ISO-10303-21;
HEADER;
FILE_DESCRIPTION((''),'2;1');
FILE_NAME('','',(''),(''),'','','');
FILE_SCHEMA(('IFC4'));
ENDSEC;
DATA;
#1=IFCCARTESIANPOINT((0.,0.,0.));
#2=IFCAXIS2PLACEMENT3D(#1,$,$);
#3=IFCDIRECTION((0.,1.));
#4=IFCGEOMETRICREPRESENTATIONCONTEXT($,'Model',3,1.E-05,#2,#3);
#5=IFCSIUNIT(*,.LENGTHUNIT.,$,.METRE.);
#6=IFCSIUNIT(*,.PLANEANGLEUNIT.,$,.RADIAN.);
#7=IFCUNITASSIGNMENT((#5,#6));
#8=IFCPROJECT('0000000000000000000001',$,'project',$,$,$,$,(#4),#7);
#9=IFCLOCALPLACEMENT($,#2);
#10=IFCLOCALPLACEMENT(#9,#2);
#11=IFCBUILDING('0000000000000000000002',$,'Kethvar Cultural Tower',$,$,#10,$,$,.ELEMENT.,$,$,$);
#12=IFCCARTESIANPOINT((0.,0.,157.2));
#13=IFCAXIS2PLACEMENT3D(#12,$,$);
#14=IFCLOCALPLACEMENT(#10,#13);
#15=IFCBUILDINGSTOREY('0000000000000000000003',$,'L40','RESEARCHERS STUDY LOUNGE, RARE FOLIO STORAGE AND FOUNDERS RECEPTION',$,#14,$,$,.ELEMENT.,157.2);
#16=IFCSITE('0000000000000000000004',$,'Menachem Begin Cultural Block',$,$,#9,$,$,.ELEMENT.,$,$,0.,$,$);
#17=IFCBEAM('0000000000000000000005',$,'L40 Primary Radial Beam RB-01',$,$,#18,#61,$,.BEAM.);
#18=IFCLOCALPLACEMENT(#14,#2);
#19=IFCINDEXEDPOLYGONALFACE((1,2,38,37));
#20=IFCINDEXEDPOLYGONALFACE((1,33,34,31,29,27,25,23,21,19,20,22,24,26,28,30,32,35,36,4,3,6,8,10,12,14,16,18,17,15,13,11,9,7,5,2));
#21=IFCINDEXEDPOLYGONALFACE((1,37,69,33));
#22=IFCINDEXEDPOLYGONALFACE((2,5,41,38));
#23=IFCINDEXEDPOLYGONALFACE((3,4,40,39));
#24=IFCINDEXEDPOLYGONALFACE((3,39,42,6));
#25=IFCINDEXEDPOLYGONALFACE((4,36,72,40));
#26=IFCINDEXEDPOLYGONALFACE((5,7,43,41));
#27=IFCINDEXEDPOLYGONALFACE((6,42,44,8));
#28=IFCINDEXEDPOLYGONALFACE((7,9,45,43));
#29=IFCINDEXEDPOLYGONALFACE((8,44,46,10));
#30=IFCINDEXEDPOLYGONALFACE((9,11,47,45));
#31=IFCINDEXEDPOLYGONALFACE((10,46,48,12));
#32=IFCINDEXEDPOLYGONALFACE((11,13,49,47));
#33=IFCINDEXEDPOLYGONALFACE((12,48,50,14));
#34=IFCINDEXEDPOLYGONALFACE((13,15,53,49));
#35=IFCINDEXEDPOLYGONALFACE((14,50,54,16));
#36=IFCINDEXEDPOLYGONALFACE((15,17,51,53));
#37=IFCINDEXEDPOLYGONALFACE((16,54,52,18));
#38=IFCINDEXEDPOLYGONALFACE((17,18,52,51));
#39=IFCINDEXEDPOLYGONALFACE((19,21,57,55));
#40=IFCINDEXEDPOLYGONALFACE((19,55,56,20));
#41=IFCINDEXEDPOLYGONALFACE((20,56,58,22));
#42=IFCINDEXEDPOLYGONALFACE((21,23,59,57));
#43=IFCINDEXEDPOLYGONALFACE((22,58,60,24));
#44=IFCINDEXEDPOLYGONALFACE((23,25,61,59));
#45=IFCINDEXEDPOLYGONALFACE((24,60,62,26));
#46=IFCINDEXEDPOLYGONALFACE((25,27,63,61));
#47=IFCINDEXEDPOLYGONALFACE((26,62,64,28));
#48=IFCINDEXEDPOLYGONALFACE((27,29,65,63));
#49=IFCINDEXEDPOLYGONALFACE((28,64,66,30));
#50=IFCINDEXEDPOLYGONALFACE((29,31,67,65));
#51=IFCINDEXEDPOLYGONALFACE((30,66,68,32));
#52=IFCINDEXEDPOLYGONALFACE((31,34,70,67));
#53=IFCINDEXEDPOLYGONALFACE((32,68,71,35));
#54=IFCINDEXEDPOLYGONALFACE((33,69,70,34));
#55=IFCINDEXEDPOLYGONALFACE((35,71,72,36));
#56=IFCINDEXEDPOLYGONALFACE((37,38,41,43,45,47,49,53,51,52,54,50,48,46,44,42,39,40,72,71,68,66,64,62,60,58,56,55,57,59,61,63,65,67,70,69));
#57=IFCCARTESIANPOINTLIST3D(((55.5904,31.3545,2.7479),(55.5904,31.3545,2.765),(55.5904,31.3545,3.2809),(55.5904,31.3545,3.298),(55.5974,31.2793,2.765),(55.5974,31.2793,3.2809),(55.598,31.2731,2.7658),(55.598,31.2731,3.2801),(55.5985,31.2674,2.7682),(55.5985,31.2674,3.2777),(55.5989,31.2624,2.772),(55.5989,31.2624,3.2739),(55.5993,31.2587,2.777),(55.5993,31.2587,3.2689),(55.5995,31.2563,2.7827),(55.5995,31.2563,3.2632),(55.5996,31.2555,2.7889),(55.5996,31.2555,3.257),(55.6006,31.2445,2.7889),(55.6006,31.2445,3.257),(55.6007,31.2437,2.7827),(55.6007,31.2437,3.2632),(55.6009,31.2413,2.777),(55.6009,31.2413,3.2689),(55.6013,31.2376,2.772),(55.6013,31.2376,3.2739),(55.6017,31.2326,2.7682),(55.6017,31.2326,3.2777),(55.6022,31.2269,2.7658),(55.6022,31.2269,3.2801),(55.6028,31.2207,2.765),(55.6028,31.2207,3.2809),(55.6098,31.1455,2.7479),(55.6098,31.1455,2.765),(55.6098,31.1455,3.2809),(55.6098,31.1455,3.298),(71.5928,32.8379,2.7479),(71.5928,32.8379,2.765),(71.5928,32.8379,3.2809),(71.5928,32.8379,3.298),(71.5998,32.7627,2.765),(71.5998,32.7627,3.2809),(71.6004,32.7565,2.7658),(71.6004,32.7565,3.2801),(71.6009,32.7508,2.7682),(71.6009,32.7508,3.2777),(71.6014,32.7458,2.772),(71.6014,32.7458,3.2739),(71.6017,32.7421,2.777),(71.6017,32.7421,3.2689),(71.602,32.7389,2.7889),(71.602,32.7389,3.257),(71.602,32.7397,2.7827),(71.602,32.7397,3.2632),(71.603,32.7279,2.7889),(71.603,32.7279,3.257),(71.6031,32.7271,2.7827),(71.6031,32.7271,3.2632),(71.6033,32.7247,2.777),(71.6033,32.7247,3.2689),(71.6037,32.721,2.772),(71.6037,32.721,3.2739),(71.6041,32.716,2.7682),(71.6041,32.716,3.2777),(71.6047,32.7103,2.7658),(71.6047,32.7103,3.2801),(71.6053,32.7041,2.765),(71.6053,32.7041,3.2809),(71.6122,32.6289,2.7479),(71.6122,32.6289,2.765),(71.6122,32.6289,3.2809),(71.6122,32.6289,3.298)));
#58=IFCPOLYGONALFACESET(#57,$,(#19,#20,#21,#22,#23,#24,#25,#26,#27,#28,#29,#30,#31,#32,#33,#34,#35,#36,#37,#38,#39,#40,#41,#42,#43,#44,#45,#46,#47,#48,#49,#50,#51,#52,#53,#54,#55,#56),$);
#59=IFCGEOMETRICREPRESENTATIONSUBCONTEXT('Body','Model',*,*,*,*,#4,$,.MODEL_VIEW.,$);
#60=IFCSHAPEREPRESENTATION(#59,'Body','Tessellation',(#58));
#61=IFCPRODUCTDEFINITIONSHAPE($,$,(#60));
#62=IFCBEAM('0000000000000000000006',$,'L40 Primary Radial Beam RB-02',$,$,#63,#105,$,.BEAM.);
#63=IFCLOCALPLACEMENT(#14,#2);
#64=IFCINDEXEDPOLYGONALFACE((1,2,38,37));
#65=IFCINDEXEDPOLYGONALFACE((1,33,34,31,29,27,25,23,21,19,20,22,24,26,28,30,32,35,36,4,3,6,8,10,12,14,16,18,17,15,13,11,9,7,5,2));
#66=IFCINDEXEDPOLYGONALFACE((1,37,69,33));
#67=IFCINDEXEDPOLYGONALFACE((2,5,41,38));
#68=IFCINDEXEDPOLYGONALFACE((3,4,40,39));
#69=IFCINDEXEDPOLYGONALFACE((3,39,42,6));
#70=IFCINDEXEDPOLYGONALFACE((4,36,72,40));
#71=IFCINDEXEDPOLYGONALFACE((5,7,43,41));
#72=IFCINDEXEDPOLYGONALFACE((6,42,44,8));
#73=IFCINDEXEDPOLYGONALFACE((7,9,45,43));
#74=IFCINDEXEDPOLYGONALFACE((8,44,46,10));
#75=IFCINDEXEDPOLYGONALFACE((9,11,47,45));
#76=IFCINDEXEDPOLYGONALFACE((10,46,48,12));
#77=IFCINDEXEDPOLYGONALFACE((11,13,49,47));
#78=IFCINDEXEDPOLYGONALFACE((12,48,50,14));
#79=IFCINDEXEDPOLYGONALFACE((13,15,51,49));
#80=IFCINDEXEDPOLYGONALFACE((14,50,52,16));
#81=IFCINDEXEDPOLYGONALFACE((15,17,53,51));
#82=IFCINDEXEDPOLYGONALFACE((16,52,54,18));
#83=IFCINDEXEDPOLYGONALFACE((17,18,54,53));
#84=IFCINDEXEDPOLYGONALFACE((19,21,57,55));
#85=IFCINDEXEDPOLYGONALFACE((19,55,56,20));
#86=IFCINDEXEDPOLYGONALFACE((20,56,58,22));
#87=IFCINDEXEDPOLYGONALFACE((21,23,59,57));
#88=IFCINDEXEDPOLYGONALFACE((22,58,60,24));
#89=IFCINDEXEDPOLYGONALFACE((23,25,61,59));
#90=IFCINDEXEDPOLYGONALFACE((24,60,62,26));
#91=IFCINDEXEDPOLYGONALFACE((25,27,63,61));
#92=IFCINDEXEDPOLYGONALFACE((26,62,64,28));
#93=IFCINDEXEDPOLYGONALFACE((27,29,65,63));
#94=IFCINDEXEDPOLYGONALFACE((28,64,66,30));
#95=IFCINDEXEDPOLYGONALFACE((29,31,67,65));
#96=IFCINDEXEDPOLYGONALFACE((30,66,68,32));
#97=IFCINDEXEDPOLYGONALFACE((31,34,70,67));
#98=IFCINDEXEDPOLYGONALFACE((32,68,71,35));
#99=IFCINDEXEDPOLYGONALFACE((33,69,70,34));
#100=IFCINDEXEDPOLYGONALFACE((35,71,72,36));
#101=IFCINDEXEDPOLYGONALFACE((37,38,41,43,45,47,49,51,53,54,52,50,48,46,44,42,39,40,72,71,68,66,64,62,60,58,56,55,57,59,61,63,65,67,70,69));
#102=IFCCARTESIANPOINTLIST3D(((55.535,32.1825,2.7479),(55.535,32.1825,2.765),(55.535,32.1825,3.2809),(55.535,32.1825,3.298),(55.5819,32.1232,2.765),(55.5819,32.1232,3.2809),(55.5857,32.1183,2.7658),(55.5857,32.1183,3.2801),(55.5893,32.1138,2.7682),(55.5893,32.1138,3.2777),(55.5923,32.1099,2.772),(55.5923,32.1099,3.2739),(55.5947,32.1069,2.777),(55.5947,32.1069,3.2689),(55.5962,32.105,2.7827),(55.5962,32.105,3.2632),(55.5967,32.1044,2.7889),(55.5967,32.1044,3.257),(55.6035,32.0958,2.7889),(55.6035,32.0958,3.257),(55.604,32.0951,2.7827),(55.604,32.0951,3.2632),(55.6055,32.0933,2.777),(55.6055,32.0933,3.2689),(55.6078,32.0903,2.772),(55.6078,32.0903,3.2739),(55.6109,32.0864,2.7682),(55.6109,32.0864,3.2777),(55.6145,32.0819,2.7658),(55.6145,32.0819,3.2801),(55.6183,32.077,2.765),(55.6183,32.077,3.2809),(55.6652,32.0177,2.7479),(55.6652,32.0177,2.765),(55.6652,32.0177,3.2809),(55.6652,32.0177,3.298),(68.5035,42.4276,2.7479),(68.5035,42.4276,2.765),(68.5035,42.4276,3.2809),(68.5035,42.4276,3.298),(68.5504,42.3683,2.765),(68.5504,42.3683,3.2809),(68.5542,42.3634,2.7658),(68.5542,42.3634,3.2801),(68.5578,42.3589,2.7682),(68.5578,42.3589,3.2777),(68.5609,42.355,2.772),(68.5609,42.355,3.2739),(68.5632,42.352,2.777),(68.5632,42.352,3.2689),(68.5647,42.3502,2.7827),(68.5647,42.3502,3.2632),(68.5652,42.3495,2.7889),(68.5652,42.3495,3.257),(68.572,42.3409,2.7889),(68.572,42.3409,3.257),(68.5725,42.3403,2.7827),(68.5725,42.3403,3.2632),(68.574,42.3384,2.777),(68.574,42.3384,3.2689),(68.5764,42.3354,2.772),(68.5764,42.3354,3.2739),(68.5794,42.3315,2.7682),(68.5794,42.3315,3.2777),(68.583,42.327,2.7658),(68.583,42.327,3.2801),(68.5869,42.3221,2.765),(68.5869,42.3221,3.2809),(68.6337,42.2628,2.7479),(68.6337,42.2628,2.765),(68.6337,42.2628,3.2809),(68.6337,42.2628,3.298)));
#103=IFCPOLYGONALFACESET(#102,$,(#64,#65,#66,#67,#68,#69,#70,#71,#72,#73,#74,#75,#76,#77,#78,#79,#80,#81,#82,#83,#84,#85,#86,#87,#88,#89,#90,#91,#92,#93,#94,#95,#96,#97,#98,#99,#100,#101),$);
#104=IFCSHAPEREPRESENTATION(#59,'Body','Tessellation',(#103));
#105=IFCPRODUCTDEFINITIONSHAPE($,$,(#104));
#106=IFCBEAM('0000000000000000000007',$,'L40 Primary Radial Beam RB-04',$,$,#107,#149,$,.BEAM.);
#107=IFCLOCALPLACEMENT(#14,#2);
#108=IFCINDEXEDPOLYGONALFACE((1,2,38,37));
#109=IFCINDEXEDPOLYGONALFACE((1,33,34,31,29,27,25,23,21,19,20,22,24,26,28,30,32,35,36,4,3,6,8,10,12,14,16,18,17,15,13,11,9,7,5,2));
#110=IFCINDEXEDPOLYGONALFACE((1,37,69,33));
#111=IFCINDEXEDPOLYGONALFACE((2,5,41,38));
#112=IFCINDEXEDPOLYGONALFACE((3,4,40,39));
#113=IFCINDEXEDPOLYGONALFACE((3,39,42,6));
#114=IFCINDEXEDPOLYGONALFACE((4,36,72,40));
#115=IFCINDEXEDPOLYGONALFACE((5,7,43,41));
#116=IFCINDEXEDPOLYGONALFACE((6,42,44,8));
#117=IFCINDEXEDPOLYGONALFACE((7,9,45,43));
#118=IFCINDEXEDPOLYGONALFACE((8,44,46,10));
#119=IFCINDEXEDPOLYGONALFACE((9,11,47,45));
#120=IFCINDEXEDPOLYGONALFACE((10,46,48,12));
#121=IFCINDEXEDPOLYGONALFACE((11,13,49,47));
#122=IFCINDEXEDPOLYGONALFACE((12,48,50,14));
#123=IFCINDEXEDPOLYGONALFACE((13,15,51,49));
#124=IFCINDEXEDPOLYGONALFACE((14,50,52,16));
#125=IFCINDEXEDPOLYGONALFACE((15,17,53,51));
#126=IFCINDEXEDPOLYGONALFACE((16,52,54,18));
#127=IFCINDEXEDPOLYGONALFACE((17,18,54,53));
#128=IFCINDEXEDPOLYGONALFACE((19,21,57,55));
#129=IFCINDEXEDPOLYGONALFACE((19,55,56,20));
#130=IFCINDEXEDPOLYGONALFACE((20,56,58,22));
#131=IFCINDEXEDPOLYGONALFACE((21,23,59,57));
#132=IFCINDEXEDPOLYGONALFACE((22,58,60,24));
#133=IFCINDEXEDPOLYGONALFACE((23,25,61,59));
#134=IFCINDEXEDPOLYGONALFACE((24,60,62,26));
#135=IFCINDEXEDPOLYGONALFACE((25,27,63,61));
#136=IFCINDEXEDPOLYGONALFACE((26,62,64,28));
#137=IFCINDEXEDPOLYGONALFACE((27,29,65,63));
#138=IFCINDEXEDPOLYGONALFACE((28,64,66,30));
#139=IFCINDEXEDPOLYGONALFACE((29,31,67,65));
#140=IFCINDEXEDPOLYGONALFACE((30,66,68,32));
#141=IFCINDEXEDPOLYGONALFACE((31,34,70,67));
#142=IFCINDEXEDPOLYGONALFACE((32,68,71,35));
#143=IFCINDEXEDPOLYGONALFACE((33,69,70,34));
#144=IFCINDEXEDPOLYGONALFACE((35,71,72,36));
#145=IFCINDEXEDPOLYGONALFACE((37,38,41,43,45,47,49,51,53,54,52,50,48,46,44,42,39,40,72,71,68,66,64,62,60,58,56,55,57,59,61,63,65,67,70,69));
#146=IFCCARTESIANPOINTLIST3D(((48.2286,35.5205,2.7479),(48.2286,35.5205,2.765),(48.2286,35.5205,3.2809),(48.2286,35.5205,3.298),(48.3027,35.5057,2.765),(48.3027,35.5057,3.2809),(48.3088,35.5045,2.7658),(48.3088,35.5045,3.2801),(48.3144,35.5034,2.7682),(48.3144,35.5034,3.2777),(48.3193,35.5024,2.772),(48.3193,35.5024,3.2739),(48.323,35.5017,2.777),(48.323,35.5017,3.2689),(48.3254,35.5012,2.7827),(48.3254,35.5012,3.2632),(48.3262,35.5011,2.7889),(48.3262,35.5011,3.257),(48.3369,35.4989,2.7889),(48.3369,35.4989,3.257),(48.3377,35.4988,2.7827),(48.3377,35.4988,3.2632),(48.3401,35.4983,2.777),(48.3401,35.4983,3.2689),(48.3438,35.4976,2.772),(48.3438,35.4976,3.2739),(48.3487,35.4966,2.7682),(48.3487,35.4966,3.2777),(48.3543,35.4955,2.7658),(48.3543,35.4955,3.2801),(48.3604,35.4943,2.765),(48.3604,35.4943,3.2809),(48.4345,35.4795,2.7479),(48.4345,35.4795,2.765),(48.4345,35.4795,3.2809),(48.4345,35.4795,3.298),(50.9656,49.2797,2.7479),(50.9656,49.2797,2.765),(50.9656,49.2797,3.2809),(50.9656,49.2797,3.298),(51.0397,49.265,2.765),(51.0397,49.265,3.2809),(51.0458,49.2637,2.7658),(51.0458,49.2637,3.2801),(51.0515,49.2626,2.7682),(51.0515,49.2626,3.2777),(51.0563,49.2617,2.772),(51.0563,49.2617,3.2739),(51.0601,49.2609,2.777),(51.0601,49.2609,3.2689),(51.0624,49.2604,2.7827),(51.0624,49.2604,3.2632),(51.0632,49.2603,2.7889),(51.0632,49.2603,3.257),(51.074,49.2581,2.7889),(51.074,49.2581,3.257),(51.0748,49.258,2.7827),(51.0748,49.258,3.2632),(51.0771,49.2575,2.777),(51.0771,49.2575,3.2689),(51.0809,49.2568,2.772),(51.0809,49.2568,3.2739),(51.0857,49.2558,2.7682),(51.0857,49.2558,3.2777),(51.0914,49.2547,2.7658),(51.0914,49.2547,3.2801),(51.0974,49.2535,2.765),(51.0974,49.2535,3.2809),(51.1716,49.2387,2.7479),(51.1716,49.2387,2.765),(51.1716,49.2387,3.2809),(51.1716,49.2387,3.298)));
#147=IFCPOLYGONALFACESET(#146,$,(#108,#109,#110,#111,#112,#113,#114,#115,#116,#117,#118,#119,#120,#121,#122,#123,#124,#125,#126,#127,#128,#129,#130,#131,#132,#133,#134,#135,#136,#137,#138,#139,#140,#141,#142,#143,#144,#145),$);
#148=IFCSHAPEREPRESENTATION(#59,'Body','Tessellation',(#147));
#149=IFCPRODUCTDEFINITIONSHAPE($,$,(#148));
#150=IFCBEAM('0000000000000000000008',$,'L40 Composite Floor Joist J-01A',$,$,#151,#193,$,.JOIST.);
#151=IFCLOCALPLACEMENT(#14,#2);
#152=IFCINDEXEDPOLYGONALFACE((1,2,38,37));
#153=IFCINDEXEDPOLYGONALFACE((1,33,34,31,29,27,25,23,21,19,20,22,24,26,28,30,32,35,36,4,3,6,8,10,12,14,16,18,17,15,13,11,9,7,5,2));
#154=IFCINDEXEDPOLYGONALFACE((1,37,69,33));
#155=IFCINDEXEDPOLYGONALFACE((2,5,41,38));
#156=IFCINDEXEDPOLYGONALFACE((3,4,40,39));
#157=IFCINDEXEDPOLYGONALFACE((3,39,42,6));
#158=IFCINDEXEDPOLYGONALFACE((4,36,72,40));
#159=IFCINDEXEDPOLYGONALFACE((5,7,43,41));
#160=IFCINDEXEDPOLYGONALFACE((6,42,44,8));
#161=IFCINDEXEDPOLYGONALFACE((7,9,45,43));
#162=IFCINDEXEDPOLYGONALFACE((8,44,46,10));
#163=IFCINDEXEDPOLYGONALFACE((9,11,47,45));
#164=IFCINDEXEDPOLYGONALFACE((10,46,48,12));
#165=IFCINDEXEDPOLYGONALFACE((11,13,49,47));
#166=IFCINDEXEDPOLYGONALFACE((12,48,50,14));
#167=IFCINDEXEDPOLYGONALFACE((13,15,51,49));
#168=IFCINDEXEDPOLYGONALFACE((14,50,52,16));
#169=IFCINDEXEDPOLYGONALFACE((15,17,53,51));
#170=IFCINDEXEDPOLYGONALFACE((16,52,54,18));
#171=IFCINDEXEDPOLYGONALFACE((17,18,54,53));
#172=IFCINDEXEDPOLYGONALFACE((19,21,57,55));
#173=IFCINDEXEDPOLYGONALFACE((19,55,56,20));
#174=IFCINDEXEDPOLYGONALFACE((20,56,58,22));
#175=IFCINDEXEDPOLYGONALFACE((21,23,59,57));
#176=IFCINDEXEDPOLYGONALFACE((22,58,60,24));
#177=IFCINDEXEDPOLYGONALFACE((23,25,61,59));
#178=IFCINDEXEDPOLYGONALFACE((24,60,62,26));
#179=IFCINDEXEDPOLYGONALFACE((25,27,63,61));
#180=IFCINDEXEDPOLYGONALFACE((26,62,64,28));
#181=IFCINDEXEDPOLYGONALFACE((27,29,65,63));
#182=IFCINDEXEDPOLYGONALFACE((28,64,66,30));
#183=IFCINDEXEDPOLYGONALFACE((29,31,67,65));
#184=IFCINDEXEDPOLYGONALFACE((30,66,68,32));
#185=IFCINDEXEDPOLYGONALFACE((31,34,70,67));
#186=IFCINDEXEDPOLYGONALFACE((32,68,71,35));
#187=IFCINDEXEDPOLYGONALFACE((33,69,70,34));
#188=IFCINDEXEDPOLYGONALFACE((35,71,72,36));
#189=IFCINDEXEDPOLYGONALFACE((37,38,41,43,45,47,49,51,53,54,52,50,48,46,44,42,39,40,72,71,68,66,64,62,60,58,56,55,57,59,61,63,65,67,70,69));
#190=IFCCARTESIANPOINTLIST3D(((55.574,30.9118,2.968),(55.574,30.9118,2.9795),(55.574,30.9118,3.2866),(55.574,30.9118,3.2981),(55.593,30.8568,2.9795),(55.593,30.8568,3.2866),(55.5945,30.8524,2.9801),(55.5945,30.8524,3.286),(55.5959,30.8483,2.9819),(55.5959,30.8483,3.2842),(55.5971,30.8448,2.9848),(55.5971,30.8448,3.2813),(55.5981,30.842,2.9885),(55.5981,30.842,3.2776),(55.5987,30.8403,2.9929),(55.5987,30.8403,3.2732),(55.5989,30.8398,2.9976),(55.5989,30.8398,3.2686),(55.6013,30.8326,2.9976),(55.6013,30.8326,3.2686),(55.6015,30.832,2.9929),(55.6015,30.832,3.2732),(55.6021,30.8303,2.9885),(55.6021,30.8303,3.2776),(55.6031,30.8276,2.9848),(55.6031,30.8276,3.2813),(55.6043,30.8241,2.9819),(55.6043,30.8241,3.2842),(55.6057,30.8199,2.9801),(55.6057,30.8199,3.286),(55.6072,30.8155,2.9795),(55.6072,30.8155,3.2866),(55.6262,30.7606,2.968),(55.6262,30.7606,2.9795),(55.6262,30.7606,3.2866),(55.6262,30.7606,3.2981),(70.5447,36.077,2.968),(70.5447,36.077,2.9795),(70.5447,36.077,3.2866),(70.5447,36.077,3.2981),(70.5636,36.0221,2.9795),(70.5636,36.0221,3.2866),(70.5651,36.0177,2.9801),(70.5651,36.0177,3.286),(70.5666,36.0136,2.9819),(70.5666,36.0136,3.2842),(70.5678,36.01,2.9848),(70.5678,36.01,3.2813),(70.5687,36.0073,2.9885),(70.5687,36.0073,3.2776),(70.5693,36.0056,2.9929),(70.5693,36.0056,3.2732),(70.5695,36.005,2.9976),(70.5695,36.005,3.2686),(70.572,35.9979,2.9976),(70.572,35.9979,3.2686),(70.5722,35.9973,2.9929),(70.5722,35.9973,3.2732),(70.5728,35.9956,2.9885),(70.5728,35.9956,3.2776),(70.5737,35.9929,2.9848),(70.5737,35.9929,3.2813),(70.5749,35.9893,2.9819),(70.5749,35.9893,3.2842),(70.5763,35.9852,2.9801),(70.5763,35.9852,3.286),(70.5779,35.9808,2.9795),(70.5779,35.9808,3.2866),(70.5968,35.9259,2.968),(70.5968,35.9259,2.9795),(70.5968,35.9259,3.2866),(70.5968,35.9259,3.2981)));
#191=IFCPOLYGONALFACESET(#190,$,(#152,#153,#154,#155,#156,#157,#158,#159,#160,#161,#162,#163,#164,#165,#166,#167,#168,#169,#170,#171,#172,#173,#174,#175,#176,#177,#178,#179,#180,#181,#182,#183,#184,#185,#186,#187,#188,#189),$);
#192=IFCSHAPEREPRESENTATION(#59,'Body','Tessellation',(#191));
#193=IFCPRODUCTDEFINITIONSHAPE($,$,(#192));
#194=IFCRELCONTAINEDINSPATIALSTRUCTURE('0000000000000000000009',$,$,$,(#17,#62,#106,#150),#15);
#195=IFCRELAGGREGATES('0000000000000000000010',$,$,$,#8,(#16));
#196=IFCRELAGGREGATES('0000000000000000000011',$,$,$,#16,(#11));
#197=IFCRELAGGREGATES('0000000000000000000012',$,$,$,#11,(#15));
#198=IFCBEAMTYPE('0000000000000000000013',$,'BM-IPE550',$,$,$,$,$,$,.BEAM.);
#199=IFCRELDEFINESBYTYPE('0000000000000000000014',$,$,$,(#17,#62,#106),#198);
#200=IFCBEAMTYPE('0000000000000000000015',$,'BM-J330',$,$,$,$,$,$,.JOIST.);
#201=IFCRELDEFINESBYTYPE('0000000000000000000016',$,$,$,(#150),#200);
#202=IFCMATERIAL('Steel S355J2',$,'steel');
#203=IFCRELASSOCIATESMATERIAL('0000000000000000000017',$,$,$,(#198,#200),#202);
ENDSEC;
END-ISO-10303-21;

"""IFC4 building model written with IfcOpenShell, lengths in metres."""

from ifc_helpers import new_model, si_unit, direction, frame, origin, origin_2d, place, context, subcontext, project, spatial, i_section, extrude, source, transform, mapped, material, material_profile, profile_set, type_object, element, save


model = new_model("IFC4")

# Units and contexts
model_context = context("Model", 3, precision=1e-05, world=origin(), true_north=direction((0.0, 1.0)))
body_context = subcontext(model_context, "Body", "Model", "MODEL_VIEW")
ifc_project = project(units=[si_unit("LENGTHUNIT", "METRE"), si_unit("PLANEANGLEUNIT", "RADIAN")], contexts=[model_context])

# Site, building, storey
site_placement = place(None, origin())
site = spatial("IfcSite", under=ifc_project, at=site_placement, Name="Menachem Begin Cultural Block", CompositionType="ELEMENT", RefElevation=0.0)
building_placement = place(site_placement, origin())
building = spatial("IfcBuilding", under=site, at=building_placement, Name="Kethvar Cultural Tower", CompositionType="ELEMENT")
storey_placement = place(building_placement, frame((0.0, 0.0, 157.2)))
storey = spatial("IfcBuildingStorey", under=building, at=storey_placement, Name="L40", Description="RESEARCHERS STUDY LOUNGE, RARE FOLIO STORAGE AND FOUNDERS RECEPTION", CompositionType="ELEMENT", Elevation=157.2)

# Beams
ifc_material_1 = material(Name="Steel S355J2", Category="steel")
ifc_material_profile_1 = material_profile(ifc_material_1, i_section(OverallWidth=0.21, OverallDepth=0.55, WebThickness=0.011, FlangeThickness=0.0171, FilletRadius=0.0239, at=origin_2d()), Name="Steel S355J2 — IPE550")
ifc_profile_set_1 = profile_set([ifc_material_profile_1], Name="Steel S355J2 — IPE550")
beam_type_1 = type_object("IfcBeamType", Name="BM-IPE550", PredefinedType="BEAM", material=ifc_profile_set_1)
shared_shape_1 = source(origin(), body_context, "Body", "SweptSolid", [
    extrude(i_section(OverallWidth=0.21, OverallDepth=0.55, WebThickness=0.011, FlangeThickness=0.0171, FilletRadius=0.0239, at=origin_2d()), origin(), (0.0, 0.0, 1.0), 16.071),
])
beam_1_placement = place(storey_placement, frame((55.6001, 31.25, 3.0229), z_axis=(0.995731, 0.092303, 0.0), x_axis=(-0.092303, 0.995731, 0.0)))
element("IfcBeam", 1, at=beam_1_placement, inside=storey, type_object=beam_type_1, Name="L40 Primary Radial Beam RB-01", PredefinedType="BEAM", context=body_context, shape_type="MappedRepresentation", body=[
    mapped(shared_shape_1, transform((0.0, 0.0, 0.0), scale=1.0)),
])
shared_shape_2 = source(origin(), body_context, "Body", "SweptSolid", [
    extrude(i_section(OverallWidth=0.21, OverallDepth=0.55, WebThickness=0.011, FlangeThickness=0.0171, FilletRadius=0.0239, at=origin_2d()), origin(), (0.0, 0.0, 1.0), 16.5271),
])
beam_2_placement = place(storey_placement, frame((55.6001, 32.1001, 3.0229), z_axis=(0.784682, 0.619899, 0.0), x_axis=(-0.619899, 0.784682, 0.0)))
element("IfcBeam", 2, at=beam_2_placement, inside=storey, type_object=beam_type_1, Name="L40 Primary Radial Beam RB-02", PredefinedType="BEAM", context=body_context, shape_type="MappedRepresentation", body=[
    mapped(shared_shape_2, transform((0.0, 0.0, 0.0), scale=1.0)),
])
shared_shape_3 = source(origin(), body_context, "Body", "SweptSolid", [
    extrude(i_section(OverallWidth=0.21, OverallDepth=0.55, WebThickness=0.011, FlangeThickness=0.0171, FilletRadius=0.0239, at=origin_2d()), origin(), (0.0, 0.0, 1.0), 14.0288),
])
beam_3_placement = place(storey_placement, frame((48.3315, 35.5, 3.0229), z_axis=(0.195102, 0.980783, 0.0), x_axis=(-0.980783, 0.195102, 0.0)))
element("IfcBeam", 3, at=beam_3_placement, inside=storey, type_object=beam_type_1, Name="L40 Primary Radial Beam RB-04", PredefinedType="BEAM", context=body_context, shape_type="MappedRepresentation", body=[
    mapped(shared_shape_3, transform((0.0, 0.0, 0.0), scale=1.0)),
])
ifc_material_profile_2 = material_profile(ifc_material_1, i_section(OverallWidth=0.1599, OverallDepth=0.3301, WebThickness=0.0076, FlangeThickness=0.0115, FilletRadius=0.0181, at=origin_2d()), Name="Steel S355J2 — IPE330")
ifc_profile_set_2 = profile_set([ifc_material_profile_2], Name="Steel S355J2 — IPE330")
beam_type_2 = type_object("IfcBeamType", Name="BM-J330", PredefinedType="JOIST", material=ifc_profile_set_2)
shared_shape_4 = source(origin(), body_context, "Body", "SweptSolid", [
    extrude(i_section(OverallWidth=0.1599, OverallDepth=0.3301, WebThickness=0.0076, FlangeThickness=0.0115, FilletRadius=0.0181, at=origin_2d()), origin(), (0.0, 0.0, 1.0), 15.8367),
])
beam_4_placement = place(storey_placement, frame((55.6001, 30.8362, 3.1331), z_axis=(0.945315, 0.326158, 0.0), x_axis=(-0.326158, 0.945315, 0.0)))
element("IfcBeam", 4, at=beam_4_placement, inside=storey, type_object=beam_type_2, Name="L40 Composite Floor Joist J-01A", PredefinedType="JOIST", context=body_context, shape_type="MappedRepresentation", body=[
    mapped(shared_shape_4, transform((0.0, 0.0, 0.0), scale=1.0)),
])

save(model, "model.ifc")
